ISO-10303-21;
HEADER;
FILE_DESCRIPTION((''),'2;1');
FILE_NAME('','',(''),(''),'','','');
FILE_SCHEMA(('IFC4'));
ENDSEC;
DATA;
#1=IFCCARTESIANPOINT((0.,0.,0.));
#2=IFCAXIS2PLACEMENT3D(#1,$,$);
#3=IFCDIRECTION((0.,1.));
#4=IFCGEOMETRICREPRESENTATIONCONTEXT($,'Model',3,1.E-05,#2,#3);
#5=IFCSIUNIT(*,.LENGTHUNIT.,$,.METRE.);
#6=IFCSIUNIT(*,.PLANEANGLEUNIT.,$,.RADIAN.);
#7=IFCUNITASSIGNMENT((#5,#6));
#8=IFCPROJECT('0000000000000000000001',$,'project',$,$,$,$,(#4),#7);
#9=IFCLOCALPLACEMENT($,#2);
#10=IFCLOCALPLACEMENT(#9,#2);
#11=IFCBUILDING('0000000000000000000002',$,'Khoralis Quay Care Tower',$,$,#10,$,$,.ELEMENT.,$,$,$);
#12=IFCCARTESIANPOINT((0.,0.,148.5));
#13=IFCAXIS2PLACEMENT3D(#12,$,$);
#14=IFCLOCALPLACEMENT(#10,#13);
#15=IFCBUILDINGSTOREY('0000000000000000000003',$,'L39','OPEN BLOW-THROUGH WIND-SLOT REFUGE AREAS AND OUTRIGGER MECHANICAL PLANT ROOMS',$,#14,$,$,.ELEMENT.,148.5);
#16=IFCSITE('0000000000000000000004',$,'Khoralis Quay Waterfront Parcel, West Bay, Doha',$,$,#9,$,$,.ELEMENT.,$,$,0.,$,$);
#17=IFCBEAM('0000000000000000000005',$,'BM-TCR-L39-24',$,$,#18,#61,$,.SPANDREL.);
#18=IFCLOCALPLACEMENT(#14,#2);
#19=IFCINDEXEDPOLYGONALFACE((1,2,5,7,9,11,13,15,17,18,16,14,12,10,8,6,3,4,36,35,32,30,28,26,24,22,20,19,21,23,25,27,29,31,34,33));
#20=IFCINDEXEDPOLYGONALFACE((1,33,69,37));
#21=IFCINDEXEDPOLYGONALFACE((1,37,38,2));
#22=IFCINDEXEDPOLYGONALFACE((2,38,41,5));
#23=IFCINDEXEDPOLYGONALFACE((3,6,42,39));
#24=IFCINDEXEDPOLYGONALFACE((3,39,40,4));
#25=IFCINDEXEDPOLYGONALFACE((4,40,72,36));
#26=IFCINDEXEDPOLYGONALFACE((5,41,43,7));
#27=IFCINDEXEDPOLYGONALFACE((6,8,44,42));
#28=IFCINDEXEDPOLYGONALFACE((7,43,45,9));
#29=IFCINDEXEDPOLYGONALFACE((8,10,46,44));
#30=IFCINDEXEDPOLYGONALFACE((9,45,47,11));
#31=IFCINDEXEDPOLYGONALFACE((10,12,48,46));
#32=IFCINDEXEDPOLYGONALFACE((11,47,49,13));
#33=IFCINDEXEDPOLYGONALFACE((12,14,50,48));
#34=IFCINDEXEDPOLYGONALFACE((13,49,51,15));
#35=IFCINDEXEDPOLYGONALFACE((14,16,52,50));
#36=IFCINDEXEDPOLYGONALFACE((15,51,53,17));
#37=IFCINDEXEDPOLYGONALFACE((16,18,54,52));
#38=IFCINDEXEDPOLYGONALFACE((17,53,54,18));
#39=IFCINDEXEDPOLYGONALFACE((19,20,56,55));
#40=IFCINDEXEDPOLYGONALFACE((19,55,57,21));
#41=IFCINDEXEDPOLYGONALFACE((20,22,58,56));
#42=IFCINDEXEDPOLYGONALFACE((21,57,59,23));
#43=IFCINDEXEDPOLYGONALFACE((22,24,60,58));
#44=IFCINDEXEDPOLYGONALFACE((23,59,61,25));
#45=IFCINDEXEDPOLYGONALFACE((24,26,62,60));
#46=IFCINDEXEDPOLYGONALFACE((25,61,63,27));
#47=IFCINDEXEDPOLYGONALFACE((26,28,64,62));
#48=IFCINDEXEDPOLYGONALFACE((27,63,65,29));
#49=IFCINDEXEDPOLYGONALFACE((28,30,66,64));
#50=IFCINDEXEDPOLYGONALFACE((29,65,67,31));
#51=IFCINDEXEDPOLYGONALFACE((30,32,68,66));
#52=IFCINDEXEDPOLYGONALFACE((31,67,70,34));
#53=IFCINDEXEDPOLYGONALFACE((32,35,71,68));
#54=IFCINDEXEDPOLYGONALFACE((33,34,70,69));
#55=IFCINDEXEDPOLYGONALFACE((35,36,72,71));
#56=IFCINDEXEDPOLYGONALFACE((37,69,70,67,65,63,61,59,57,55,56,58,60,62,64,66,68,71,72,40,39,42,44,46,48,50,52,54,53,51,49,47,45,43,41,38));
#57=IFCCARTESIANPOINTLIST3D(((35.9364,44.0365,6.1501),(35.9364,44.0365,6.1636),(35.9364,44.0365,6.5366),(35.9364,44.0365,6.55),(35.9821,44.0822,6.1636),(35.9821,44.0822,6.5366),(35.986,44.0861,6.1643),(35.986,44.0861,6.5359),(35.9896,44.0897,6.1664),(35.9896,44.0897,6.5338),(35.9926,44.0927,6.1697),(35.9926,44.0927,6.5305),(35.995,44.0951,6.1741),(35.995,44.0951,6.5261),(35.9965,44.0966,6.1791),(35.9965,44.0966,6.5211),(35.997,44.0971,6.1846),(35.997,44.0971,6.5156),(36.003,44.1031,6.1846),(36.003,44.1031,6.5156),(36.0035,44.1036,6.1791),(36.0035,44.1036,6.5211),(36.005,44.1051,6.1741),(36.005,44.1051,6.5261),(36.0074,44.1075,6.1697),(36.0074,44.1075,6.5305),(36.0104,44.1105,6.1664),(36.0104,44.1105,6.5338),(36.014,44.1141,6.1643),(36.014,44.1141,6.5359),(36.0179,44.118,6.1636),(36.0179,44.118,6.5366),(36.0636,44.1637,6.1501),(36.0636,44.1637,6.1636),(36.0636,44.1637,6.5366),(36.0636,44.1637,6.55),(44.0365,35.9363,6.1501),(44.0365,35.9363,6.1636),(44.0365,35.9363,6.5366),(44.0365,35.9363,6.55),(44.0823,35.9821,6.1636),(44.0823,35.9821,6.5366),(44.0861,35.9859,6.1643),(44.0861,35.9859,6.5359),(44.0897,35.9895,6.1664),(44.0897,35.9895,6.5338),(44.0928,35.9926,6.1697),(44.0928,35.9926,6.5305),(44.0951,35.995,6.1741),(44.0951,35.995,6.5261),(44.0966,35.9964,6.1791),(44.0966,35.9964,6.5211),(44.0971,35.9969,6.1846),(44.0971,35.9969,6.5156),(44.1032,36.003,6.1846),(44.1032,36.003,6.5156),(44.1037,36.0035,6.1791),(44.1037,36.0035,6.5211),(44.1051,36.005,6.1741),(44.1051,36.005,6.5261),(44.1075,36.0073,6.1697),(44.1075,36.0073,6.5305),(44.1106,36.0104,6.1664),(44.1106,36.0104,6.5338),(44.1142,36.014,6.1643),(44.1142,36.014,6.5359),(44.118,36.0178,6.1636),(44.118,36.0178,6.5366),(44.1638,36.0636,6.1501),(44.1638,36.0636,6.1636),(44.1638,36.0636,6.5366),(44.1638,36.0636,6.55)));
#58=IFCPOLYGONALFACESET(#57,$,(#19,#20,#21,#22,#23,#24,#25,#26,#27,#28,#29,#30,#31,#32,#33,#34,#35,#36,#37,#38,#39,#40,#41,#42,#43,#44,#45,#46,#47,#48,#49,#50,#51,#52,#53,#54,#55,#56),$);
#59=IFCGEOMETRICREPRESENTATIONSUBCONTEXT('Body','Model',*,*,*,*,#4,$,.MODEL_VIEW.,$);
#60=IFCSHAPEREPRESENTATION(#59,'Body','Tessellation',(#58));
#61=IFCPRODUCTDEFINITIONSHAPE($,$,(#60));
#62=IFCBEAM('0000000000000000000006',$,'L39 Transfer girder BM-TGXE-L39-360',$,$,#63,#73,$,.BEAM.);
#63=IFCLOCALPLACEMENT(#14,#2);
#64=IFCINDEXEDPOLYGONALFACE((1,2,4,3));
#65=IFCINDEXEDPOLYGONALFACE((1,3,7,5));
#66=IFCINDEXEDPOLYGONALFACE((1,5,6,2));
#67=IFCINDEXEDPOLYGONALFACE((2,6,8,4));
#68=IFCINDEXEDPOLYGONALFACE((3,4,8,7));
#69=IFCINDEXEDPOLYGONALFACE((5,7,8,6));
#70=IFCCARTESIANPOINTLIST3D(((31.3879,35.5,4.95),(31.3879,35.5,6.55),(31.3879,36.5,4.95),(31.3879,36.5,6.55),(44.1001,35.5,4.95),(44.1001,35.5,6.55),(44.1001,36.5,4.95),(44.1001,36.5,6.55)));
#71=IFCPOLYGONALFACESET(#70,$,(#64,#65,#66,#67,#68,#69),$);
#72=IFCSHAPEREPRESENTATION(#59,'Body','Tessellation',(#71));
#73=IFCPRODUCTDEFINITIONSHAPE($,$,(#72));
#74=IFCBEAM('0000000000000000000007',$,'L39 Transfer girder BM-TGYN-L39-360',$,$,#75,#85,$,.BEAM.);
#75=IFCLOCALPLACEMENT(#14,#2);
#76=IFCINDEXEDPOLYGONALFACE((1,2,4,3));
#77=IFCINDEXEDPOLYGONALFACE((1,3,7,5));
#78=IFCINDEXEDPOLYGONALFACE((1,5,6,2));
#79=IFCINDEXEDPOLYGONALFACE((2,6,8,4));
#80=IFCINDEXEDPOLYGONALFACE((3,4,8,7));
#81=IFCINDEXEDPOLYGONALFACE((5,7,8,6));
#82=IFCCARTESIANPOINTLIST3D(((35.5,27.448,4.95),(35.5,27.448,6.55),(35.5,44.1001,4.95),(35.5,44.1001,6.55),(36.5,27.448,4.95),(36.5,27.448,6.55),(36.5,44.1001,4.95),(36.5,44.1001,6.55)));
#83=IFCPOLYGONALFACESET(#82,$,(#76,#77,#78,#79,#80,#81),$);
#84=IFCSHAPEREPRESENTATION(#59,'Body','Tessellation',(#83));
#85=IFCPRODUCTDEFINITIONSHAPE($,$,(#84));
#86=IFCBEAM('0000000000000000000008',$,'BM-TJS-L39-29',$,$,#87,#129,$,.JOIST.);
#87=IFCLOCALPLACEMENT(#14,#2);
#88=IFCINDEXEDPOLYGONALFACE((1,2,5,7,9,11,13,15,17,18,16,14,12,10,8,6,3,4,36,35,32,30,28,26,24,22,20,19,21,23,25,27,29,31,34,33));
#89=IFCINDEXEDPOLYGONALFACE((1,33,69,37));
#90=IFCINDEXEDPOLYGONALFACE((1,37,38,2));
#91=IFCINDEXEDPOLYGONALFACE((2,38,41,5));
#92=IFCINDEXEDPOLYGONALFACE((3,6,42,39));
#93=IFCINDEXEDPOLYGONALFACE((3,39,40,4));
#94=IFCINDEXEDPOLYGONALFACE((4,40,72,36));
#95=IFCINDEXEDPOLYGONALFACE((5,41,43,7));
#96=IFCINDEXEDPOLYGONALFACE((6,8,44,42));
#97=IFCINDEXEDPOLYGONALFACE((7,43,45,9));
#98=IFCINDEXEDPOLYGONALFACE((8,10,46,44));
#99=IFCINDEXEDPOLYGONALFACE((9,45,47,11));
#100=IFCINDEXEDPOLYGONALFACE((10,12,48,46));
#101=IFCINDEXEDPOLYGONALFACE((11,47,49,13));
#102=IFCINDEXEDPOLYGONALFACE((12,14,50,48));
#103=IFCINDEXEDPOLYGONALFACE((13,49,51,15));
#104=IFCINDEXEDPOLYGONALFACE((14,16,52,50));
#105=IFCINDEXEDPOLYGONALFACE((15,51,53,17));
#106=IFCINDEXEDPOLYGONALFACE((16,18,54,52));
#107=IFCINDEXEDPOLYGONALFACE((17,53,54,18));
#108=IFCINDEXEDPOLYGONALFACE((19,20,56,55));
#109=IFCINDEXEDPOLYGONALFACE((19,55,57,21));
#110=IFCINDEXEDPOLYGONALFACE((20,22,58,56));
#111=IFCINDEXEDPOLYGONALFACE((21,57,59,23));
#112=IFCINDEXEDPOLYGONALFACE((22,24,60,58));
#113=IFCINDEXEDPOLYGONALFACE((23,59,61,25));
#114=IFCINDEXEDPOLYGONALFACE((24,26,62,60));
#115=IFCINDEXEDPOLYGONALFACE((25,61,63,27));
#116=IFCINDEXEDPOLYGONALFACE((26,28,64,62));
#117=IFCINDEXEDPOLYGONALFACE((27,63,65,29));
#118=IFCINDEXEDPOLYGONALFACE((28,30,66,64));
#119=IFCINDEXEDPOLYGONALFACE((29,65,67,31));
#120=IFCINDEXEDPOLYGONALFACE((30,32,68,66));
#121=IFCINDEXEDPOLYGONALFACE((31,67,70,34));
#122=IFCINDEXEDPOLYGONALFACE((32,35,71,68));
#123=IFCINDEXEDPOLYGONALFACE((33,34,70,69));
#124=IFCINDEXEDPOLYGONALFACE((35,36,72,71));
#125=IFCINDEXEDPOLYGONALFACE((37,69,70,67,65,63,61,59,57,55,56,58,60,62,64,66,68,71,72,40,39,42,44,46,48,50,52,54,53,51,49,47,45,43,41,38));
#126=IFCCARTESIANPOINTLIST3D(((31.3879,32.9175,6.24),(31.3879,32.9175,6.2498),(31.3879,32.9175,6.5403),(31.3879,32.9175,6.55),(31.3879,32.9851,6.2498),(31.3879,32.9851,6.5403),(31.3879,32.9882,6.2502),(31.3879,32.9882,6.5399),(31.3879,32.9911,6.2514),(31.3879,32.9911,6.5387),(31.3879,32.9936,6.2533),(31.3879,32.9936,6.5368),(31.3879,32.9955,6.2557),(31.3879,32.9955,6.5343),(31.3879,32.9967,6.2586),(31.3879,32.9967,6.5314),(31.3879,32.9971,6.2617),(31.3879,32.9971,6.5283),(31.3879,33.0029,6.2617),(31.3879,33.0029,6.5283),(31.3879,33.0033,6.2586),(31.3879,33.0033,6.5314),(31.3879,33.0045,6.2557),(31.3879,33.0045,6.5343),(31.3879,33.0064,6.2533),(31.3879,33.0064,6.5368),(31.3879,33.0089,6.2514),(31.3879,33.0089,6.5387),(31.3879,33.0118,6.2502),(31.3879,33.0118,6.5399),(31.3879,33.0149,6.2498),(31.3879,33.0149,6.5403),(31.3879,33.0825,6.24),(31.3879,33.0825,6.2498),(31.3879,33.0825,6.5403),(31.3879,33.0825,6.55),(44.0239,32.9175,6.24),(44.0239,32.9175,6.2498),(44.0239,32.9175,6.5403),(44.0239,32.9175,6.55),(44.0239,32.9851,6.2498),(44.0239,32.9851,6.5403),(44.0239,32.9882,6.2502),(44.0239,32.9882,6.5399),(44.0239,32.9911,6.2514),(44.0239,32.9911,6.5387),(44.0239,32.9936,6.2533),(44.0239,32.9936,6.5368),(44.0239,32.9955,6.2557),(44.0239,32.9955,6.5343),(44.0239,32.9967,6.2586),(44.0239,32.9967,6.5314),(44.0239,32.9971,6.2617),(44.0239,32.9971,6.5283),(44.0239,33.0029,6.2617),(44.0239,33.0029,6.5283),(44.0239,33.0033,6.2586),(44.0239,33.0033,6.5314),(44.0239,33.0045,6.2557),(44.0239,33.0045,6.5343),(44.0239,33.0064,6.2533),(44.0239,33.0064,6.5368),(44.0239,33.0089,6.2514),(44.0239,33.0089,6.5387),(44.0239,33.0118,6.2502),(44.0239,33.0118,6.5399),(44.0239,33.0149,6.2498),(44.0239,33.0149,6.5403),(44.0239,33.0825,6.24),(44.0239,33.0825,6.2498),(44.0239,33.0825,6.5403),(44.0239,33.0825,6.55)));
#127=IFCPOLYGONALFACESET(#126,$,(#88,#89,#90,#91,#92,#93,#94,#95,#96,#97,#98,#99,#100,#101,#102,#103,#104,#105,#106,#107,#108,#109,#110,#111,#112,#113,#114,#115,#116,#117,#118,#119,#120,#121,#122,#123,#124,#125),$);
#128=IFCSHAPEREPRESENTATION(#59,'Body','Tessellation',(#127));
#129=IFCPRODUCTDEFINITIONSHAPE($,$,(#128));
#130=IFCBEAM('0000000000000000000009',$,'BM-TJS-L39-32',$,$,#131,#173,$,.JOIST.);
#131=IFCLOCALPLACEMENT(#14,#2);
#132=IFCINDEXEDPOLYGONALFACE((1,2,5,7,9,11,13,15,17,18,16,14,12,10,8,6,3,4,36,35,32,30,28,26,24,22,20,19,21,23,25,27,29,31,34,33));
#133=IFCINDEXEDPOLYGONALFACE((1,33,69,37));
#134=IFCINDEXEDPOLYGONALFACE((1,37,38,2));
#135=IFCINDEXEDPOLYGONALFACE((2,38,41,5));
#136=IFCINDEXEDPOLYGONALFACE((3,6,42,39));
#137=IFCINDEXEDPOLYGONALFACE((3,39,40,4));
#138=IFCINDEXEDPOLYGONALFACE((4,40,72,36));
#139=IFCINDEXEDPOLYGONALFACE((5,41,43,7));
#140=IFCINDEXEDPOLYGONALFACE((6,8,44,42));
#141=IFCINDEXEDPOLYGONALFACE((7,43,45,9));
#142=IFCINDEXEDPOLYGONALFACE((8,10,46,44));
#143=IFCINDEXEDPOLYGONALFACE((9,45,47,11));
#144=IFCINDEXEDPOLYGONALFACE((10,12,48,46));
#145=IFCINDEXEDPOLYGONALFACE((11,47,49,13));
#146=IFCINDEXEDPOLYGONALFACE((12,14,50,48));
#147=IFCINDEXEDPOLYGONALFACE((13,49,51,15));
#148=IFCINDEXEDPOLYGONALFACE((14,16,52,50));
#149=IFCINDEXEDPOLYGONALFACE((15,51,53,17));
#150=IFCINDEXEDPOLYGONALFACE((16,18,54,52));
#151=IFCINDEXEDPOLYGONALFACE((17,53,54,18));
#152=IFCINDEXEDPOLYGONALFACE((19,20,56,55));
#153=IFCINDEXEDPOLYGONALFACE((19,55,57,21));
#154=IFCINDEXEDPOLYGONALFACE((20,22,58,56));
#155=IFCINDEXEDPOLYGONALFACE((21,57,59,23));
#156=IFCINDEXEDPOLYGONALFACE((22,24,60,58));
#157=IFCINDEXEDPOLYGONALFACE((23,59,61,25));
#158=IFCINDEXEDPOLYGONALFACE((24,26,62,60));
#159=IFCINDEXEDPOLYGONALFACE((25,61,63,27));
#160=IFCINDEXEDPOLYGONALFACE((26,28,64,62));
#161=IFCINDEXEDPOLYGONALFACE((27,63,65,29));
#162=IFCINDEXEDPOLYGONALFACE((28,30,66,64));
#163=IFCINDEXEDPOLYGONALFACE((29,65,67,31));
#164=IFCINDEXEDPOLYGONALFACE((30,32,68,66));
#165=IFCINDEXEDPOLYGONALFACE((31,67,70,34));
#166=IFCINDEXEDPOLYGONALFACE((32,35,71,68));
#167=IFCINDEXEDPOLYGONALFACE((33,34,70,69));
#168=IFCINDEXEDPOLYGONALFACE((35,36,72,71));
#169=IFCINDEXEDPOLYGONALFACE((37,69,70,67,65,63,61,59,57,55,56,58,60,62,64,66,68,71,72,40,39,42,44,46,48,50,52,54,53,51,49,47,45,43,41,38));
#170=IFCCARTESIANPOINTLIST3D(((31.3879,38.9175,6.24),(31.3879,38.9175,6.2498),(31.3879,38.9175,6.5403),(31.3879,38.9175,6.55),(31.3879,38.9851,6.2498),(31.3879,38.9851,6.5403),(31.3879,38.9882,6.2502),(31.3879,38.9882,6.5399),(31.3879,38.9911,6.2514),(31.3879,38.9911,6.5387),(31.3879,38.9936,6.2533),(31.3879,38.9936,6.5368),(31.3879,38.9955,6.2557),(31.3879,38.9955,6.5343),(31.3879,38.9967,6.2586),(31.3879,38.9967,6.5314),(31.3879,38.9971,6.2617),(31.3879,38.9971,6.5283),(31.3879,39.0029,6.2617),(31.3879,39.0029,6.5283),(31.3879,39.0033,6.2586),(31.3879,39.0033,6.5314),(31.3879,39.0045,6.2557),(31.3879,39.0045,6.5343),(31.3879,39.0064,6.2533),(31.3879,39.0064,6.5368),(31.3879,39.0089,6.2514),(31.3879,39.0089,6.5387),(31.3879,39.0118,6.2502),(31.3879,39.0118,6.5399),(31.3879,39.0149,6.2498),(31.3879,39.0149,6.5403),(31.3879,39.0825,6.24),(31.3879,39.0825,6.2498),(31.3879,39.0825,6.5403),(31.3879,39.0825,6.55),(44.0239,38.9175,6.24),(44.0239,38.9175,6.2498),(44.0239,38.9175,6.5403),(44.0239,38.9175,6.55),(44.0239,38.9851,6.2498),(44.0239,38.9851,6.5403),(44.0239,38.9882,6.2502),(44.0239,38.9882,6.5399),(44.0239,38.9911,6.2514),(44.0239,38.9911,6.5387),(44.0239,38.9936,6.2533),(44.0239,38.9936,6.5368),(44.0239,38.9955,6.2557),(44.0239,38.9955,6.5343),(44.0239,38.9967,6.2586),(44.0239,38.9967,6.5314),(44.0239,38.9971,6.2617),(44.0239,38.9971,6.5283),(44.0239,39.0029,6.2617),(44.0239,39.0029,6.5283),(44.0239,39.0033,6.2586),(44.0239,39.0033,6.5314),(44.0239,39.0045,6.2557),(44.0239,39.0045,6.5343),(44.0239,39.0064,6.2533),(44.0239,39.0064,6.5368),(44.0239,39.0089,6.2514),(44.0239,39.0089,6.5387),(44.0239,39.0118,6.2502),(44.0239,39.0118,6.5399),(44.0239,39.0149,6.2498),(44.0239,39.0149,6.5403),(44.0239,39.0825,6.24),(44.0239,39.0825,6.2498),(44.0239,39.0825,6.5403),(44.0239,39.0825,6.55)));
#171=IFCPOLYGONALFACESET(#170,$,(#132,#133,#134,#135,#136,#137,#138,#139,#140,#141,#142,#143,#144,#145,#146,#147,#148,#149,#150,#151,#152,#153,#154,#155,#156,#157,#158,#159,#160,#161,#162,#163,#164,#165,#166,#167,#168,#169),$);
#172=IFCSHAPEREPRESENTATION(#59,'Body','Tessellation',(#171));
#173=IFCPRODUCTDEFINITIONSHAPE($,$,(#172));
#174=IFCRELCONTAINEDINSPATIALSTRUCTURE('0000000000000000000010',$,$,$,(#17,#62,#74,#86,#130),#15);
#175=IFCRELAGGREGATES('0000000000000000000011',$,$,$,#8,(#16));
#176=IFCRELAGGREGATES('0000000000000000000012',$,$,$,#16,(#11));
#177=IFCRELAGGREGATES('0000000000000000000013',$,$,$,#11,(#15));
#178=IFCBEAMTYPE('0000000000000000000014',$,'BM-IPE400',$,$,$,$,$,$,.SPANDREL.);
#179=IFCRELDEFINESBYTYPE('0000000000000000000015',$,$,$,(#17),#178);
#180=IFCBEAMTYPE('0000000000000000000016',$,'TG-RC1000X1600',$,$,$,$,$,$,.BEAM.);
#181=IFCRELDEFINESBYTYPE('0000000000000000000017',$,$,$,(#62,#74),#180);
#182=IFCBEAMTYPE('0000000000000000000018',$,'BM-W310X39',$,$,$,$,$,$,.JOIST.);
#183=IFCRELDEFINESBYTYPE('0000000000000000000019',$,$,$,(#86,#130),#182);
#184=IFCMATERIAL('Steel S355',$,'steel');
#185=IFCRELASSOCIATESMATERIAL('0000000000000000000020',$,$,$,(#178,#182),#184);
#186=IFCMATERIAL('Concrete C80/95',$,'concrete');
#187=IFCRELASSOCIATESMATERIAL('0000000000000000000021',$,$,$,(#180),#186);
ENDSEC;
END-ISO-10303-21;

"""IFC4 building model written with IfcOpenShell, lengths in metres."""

from ifc_helpers import new_model, si_unit, direction, frame, origin, origin_2d, place, context, subcontext, project, spatial, rectangle, i_section, extrude, source, transform, mapped, material, material_profile, profile_set, type_object, element, save


model = new_model("IFC4")

# Units and contexts
model_context = context("Model", 3, precision=1e-05, world=origin(), true_north=direction((0.0, 1.0)))
body_context = subcontext(model_context, "Body", "Model", "MODEL_VIEW")
ifc_project = project(units=[si_unit("LENGTHUNIT", "METRE"), si_unit("PLANEANGLEUNIT", "RADIAN")], contexts=[model_context])

# Site, building, storey
site_placement = place(None, origin())
site = spatial("IfcSite", under=ifc_project, at=site_placement, Name="Khoralis Quay Waterfront Parcel, West Bay, Doha", CompositionType="ELEMENT", RefElevation=0.0)
building_placement = place(site_placement, origin())
building = spatial("IfcBuilding", under=site, at=building_placement, Name="Khoralis Quay Care Tower", CompositionType="ELEMENT")
storey_placement = place(building_placement, frame((0.0, 0.0, 148.5)))
storey = spatial("IfcBuildingStorey", under=building, at=storey_placement, Name="L39", Description="OPEN BLOW-THROUGH WIND-SLOT REFUGE AREAS AND OUTRIGGER MECHANICAL PLANT ROOMS", CompositionType="ELEMENT", Elevation=148.5)

# Beams
ifc_material_1 = material(Name="Steel S355", Category="steel")
ifc_material_profile_1 = material_profile(ifc_material_1, i_section(OverallWidth=0.1799, OverallDepth=0.3999, WebThickness=0.0085, FlangeThickness=0.0134, FilletRadius=0.021, at=origin_2d()), Name="Steel S355")
ifc_profile_set_1 = profile_set([ifc_material_profile_1], Name="Steel S355")
beam_type_1 = type_object("IfcBeamType", Name="BM-IPE400", PredefinedType="SPANDREL", material=ifc_profile_set_1)
shared_shape_1 = source(origin(), body_context, "Body", "SweptSolid", [
    extrude(i_section(OverallWidth=0.1799, OverallDepth=0.3999, WebThickness=0.0085, FlangeThickness=0.0134, FilletRadius=0.021, at=origin_2d()), origin(), (0.0, 0.0, 1.0), 11.4553),
])
beam_1_placement = place(storey_placement, frame((36.0, 44.1001, 6.3501), z_axis=(0.707107, -0.707107, 0.0), x_axis=(0.707107, 0.707107, 0.0)))
element("IfcBeam", 1, at=beam_1_placement, inside=storey, type_object=beam_type_1, Name="BM-TCR-L39-24", PredefinedType="SPANDREL", context=body_context, shape_type="MappedRepresentation", body=[
    mapped(shared_shape_1, transform((0.0, 0.0, 0.0), scale=1.0)),
])
ifc_material_2 = material(Name="Concrete C80/95", Category="concrete")
ifc_material_profile_2 = material_profile(ifc_material_2, rectangle(XDim=1.0, YDim=1.6001, at=origin_2d()), Name="Concrete C80/95")
ifc_profile_set_2 = profile_set([ifc_material_profile_2], Name="Concrete C80/95")
beam_type_2 = type_object("IfcBeamType", Name="TG-RC1000X1600", PredefinedType="BEAM", material=ifc_profile_set_2)
shared_shape_2 = source(origin(), body_context, "Body", "SweptSolid", [
    extrude(rectangle(XDim=1.0, YDim=1.6001, at=origin_2d()), origin(), (0.0, 0.0, 1.0), 12.7122),
])
beam_2_placement = place(storey_placement, frame((31.3879, 36.0, 5.75), z_axis=(1.0, 0.0, 0.0), x_axis=(0.0, 1.0, 0.0)))
element("IfcBeam", 2, at=beam_2_placement, inside=storey, type_object=beam_type_2, Name="L39 Transfer girder BM-TGXE-L39-360", PredefinedType="BEAM", context=body_context, shape_type="MappedRepresentation", body=[
    mapped(shared_shape_2, transform((0.0, 0.0, 0.0), scale=1.0)),
])
shared_shape_3 = source(origin(), body_context, "Body", "SweptSolid", [
    extrude(rectangle(XDim=1.0, YDim=1.6001, at=origin_2d()), origin(), (0.0, 0.0, 1.0), 16.6521),
])
beam_3_placement = place(storey_placement, frame((36.0, 27.448, 5.75), z_axis=(0.0, 1.0, 0.0), x_axis=(-1.0, 0.0, 0.0)))
element("IfcBeam", 3, at=beam_3_placement, inside=storey, type_object=beam_type_2, Name="L39 Transfer girder BM-TGYN-L39-360", PredefinedType="BEAM", context=body_context, shape_type="MappedRepresentation", body=[
    mapped(shared_shape_3, transform((0.0, 0.0, 0.0), scale=1.0)),
])
ifc_material_profile_3 = material_profile(ifc_material_1, i_section(OverallWidth=0.165, OverallDepth=0.3101, WebThickness=0.0059, FlangeThickness=0.0098, FilletRadius=0.012, at=origin_2d()), Name="Steel S355")
ifc_profile_set_3 = profile_set([ifc_material_profile_3], Name="Steel S355")
beam_type_3 = type_object("IfcBeamType", Name="BM-W310X39", PredefinedType="JOIST", material=ifc_profile_set_3)
shared_shape_4 = source(origin(), body_context, "Body", "SweptSolid", [
    extrude(i_section(OverallWidth=0.165, OverallDepth=0.3101, WebThickness=0.0059, FlangeThickness=0.0098, FilletRadius=0.012, at=origin_2d()), origin(), (0.0, 0.0, 1.0), 12.636),
])
for number, where, z_axis, x_axis, name in (
    (4, (31.3879, 33.0, 6.395), (1.0, 0.0, 0.0), (0.0, 1.0, 0.0), "BM-TJS-L39-29"),
    (5, (31.3879, 39.0, 6.395), (1.0, 0.0, 0.0), (0.0, 1.0, 0.0), "BM-TJS-L39-32"),
):
    element("IfcBeam", number, at=place(storey_placement, frame(where, z_axis=z_axis, x_axis=x_axis)), inside=storey, type_object=beam_type_3, Name=name, PredefinedType="JOIST", context=body_context, shape_type="MappedRepresentation", body=[
        mapped(shared_shape_4, transform((0.0, 0.0, 0.0), scale=1.0)),
    ])

save(model, "model.ifc")
